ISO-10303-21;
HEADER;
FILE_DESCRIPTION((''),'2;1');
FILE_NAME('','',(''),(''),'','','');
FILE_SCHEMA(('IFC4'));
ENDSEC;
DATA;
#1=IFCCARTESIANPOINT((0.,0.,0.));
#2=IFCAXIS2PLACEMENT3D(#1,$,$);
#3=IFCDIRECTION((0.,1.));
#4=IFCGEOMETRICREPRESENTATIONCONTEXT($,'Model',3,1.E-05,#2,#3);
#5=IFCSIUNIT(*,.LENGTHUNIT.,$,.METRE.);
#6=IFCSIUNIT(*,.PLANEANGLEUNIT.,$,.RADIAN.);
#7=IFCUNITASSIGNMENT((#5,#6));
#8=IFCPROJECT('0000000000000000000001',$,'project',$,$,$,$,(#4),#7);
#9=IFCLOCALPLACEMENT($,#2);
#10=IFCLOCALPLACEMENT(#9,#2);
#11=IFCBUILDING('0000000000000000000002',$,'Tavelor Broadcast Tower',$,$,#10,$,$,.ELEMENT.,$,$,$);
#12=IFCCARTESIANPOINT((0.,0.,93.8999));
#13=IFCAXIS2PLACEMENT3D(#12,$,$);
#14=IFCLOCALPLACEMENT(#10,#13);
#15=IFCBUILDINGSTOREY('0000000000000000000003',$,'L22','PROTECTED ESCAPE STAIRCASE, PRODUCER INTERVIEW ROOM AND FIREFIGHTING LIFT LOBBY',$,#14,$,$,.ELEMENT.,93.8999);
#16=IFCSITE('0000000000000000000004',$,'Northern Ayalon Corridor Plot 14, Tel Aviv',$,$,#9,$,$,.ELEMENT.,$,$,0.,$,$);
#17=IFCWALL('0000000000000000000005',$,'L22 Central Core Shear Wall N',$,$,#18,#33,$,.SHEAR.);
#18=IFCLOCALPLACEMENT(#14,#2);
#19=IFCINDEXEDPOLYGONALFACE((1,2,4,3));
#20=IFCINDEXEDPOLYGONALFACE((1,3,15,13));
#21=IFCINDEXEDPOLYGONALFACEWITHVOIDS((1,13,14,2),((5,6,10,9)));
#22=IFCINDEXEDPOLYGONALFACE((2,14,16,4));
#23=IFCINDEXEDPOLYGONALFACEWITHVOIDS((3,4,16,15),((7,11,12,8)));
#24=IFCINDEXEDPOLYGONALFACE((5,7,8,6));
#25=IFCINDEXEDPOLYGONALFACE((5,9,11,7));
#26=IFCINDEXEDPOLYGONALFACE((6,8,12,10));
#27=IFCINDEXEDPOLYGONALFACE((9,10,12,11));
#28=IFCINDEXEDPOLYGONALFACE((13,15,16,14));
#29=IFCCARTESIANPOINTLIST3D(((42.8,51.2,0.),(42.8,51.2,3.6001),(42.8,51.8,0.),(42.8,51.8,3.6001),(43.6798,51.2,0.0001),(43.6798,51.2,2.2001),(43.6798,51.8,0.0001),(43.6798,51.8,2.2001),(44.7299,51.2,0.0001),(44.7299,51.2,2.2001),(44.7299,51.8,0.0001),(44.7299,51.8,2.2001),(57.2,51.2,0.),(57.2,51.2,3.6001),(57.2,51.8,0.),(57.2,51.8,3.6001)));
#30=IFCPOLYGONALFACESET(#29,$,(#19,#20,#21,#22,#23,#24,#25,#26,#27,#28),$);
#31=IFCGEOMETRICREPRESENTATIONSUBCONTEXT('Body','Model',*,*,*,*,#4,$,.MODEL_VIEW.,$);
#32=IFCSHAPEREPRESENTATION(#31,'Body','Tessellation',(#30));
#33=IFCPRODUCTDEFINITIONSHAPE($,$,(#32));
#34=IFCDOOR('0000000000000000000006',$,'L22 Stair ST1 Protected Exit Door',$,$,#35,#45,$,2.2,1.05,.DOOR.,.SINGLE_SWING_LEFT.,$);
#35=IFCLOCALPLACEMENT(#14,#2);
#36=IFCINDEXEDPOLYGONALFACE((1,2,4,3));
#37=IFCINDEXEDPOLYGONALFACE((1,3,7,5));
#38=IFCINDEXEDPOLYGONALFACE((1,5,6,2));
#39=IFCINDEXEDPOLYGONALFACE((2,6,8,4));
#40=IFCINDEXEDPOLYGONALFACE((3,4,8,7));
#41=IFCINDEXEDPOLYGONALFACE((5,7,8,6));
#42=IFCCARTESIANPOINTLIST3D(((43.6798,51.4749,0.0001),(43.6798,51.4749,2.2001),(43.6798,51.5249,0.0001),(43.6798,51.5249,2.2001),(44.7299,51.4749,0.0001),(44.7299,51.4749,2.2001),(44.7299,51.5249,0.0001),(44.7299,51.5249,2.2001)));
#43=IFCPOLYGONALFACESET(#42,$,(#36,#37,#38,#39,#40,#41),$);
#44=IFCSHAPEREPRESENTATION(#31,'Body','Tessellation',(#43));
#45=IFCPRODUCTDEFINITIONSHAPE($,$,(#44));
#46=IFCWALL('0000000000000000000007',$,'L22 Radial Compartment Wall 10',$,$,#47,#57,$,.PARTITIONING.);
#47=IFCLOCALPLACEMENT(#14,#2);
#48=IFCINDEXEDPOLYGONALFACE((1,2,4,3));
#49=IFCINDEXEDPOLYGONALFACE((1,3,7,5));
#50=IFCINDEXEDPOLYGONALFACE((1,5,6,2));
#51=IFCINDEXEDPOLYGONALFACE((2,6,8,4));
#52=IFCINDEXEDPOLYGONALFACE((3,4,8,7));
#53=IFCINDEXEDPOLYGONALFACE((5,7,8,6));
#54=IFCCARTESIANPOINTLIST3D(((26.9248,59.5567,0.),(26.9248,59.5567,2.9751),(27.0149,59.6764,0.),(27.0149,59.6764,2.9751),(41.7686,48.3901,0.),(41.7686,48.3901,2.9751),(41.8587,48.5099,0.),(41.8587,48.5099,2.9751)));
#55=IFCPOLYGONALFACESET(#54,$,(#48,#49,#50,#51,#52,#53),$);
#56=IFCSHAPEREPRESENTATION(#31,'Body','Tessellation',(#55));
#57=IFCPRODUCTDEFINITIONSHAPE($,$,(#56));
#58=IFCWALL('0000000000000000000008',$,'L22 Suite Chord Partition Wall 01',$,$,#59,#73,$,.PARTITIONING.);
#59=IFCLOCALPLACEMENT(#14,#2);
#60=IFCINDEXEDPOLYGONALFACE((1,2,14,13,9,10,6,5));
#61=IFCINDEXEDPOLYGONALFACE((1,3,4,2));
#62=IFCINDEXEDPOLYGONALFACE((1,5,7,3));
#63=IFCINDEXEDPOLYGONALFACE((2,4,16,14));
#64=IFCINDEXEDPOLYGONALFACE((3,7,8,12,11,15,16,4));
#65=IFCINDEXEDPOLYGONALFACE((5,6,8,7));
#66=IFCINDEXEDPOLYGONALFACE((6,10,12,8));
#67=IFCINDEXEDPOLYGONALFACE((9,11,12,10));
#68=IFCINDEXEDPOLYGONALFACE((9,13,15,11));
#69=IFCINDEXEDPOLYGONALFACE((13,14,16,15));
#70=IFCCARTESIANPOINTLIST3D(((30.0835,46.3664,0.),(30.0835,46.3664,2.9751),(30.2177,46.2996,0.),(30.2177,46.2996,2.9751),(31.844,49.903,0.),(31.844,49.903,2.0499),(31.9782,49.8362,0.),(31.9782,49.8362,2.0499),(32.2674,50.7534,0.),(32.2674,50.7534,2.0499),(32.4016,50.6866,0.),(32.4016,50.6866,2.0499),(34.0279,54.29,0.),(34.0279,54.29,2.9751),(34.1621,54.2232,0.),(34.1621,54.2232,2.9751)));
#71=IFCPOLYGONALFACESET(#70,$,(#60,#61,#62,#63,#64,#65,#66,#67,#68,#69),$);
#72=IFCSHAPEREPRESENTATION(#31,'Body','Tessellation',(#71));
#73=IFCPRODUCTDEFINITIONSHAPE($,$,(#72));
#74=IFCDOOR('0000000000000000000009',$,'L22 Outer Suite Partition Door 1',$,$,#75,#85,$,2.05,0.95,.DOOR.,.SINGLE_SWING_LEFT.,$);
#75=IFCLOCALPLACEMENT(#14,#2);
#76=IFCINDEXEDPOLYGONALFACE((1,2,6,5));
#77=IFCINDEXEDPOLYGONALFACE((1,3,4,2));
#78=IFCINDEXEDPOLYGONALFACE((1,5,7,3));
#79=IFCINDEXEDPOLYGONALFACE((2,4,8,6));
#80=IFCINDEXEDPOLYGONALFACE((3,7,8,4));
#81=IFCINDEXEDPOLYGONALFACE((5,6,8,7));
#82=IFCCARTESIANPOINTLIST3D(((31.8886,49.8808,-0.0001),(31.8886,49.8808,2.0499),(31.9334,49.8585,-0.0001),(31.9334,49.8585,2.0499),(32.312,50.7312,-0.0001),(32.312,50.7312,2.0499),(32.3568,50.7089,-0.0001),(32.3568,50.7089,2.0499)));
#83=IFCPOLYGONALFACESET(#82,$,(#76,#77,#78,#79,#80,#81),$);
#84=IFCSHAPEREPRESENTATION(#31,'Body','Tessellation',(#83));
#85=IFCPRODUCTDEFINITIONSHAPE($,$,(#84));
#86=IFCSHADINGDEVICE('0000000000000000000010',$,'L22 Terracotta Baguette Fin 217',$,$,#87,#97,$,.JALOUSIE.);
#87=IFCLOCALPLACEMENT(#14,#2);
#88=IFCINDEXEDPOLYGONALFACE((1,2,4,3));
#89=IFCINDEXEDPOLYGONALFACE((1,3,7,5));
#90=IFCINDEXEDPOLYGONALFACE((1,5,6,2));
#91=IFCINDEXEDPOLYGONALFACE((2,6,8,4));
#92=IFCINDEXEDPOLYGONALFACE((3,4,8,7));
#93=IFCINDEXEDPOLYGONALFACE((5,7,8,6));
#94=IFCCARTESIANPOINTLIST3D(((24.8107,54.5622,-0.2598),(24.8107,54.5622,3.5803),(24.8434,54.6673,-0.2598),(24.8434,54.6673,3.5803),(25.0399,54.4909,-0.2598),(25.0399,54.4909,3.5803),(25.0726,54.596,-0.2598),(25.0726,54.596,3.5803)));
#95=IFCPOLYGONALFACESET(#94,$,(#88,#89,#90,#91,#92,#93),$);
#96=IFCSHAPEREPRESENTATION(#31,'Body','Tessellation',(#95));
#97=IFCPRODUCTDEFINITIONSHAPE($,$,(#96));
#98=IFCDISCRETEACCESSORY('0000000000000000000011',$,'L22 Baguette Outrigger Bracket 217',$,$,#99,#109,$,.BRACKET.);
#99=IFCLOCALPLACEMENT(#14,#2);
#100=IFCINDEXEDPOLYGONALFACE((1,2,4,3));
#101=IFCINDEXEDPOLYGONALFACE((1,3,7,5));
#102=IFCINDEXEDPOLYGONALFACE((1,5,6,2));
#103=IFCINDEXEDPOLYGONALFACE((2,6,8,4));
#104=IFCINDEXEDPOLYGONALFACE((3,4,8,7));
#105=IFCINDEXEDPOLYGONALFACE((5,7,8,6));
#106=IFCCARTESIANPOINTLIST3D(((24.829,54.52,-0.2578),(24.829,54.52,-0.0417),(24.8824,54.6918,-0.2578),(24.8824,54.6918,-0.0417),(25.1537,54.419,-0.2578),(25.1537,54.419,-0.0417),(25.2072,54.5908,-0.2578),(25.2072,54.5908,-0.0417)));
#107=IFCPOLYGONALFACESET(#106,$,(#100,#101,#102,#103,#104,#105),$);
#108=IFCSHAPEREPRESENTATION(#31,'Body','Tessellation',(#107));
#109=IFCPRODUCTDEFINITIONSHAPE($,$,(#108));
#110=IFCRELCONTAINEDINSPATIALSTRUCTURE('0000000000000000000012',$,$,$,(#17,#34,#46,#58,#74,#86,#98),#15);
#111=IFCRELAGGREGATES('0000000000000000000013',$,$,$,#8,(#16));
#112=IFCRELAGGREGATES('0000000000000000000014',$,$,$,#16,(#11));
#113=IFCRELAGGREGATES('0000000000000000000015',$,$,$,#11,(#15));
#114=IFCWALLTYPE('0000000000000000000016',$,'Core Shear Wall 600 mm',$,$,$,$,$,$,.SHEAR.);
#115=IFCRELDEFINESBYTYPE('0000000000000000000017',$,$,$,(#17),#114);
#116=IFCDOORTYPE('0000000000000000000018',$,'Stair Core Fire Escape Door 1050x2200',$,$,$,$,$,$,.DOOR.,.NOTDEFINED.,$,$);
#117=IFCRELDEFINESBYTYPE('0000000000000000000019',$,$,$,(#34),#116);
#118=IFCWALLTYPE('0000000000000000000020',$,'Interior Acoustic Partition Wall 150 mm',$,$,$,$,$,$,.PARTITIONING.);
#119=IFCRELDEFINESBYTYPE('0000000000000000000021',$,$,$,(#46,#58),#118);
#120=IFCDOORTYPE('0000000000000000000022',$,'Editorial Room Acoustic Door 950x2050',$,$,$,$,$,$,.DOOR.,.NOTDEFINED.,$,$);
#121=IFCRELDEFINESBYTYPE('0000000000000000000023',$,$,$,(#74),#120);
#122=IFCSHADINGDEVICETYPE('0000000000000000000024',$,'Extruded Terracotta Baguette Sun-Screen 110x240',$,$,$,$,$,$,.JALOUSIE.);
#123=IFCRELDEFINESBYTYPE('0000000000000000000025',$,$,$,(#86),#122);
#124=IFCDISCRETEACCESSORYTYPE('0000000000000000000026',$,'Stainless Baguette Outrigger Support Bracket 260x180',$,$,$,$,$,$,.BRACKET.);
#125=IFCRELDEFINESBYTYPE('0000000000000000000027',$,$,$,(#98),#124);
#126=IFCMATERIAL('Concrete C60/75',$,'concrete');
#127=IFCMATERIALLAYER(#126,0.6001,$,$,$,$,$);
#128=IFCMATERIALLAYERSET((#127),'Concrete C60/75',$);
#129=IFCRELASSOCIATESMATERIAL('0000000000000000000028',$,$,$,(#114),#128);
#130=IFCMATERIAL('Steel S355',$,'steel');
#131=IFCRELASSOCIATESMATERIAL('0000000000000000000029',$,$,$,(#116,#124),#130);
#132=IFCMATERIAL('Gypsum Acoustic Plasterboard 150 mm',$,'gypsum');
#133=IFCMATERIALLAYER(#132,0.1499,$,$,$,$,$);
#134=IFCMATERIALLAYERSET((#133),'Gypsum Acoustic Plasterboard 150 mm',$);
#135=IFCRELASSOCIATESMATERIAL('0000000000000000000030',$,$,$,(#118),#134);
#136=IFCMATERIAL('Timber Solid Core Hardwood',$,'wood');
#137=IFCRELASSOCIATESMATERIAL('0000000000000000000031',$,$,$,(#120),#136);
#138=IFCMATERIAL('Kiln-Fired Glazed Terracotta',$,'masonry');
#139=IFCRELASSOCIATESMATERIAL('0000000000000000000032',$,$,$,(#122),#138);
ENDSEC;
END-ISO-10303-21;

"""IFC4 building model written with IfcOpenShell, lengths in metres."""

from ifc_helpers import new_model, si_unit, direction, frame, frame_2d, origin, origin_2d, place, context, subcontext, project, spatial, rectangle, extrude, source, transform, mapped, material, layer, layer_set, type_object, type_shapes, element, fill, save


model = new_model("IFC4")

# Units and contexts
model_context = context("Model", 3, precision=1e-05, world=origin(), true_north=direction((0.0, 1.0)))
body_context = subcontext(model_context, "Body", "Model", "MODEL_VIEW")
ifc_project = project(units=[si_unit("LENGTHUNIT", "METRE"), si_unit("PLANEANGLEUNIT", "RADIAN")], contexts=[model_context])

# Site, building, storey
site_placement = place(None, origin())
site = spatial("IfcSite", under=ifc_project, at=site_placement, Name="Northern Ayalon Corridor Plot 14, Tel Aviv", CompositionType="ELEMENT", RefElevation=0.0)
building_placement = place(site_placement, origin())
building = spatial("IfcBuilding", under=site, at=building_placement, Name="Tavelor Broadcast Tower", CompositionType="ELEMENT")
storey_placement = place(building_placement, frame((0.0, 0.0, 93.8999)))
storey = spatial("IfcBuildingStorey", under=building, at=storey_placement, Name="L22", Description="PROTECTED ESCAPE STAIRCASE, PRODUCER INTERVIEW ROOM AND FIREFIGHTING LIFT LOBBY", CompositionType="ELEMENT", Elevation=93.8999)

# Shared definitions
ifc_material_1 = material(Name="Steel S355", Category="steel")

# Wall, opening, door
ifc_material_2 = material(Name="Concrete C60/75", Category="concrete")
ifc_layer_1 = layer(ifc_material_2, 0.6001)
ifc_layer_set_1 = layer_set([ifc_layer_1], Name="Concrete C60/75")
wall_type_1 = type_object("IfcWallType", Name="Core Shear Wall 600 mm", PredefinedType="SHEAR", material=ifc_layer_set_1)
wall_1_placement = place(storey_placement, frame((42.8, 51.5, 0.0), z_axis=(0.0, 0.0, 1.0), x_axis=(1.0, 0.0, 0.0)))
wall_1 = element("IfcWall", 1, at=wall_1_placement, inside=storey, type_object=wall_type_1, Name="L22 Central Core Shear Wall N", PredefinedType="SHEAR", context=body_context, shape_type="SweptSolid", body=[
    extrude(rectangle(XDim=14.3999, YDim=0.6001, at=frame_2d((7.2, 0.0))), origin(), (0.0, 0.0, 1.0), 3.6001),
])
opening_1_placement = place(wall_1_placement, frame((0.8799, 0.0, 0.0)))
opening_1 = element("IfcOpeningElement", 2, at=opening_1_placement, cuts=wall_1, PredefinedType="OPENING", context=body_context, shape_type="SweptSolid", body=[
    extrude(rectangle(XDim=1.05, YDim=2.2, at=frame_2d((0.5249, 1.1001))), frame((0.0, 0.3101, 0.0), z_axis=(0.0, -1.0, 0.0), x_axis=(1.0, 0.0, 0.0)), (0.0, 0.0, 1.0), 0.6201),
])
door_type_1 = type_object("IfcDoorType", Name="Stair Core Fire Escape Door 1050x2200", OperationType="NOTDEFINED", PredefinedType="DOOR", material=ifc_material_1)
door_1_placement = place(opening_1_placement, origin())
door_1 = element("IfcDoor", 3, at=door_1_placement, inside=storey, type_object=door_type_1, Name="L22 Stair ST1 Protected Exit Door", OperationType="SINGLE_SWING_LEFT", OverallHeight=2.2, OverallWidth=1.05, PredefinedType="DOOR", context=body_context, shape_type="SweptSolid", body=[
    extrude(rectangle(XDim=1.05, YDim=2.2, at=frame_2d((0.5249, 1.1001))), frame((0.0, 0.0249, 0.0), z_axis=(0.0, -1.0, 0.0), x_axis=(1.0, 0.0, 0.0)), (0.0, 0.0, 1.0), 0.05),
])
fill(opening_1, door_1)

# Wall
ifc_material_3 = material(Name="Gypsum Acoustic Plasterboard 150 mm", Category="gypsum")
ifc_layer_2 = layer(ifc_material_3, 0.1499)
ifc_layer_set_2 = layer_set([ifc_layer_2], Name="Gypsum Acoustic Plasterboard 150 mm")
wall_type_2 = type_object("IfcWallType", Name="Interior Acoustic Partition Wall 150 mm", PredefinedType="PARTITIONING", material=ifc_layer_set_2)
wall_2_placement = place(storey_placement, frame((41.8137, 48.45, 0.0), z_axis=(0.0, 0.0, 1.0), x_axis=(-0.799129, 0.60116, 0.0)))
element("IfcWall", 4, at=wall_2_placement, inside=storey, type_object=wall_type_2, Name="L22 Radial Compartment Wall 10", PredefinedType="PARTITIONING", context=body_context, shape_type="SweptSolid", body=[
    extrude(rectangle(XDim=18.575, YDim=0.1499, at=frame_2d((9.2876, 0.0))), origin(), (0.0, 0.0, 1.0), 2.9751),
])

# Wall, opening, door
wall_3_placement = place(storey_placement, frame((34.095, 54.2566, 0.0), z_axis=(0.0, 0.0, 1.0), x_axis=(-0.445635, -0.895215, 0.0)))
wall_3 = element("IfcWall", 5, at=wall_3_placement, inside=storey, type_object=wall_type_2, Name="L22 Suite Chord Partition Wall 01", PredefinedType="PARTITIONING", context=body_context, shape_type="SweptSolid", body=[
    extrude(rectangle(XDim=8.8511, YDim=0.1499, at=frame_2d((4.4255, 0.0))), origin(), (0.0, 0.0, 1.0), 2.9751),
])
opening_2_placement = place(wall_3_placement, frame((3.9504, 0.0, 0.0)))
opening_2 = element("IfcOpeningElement", 6, at=opening_2_placement, cuts=wall_3, PredefinedType="OPENING", context=body_context, shape_type="SweptSolid", body=[
    extrude(rectangle(XDim=0.95, YDim=2.05, at=frame_2d((0.4751, 1.0249))), frame((0.0, 0.085, 0.0), z_axis=(0.0, -1.0, 0.0), x_axis=(1.0, 0.0, 0.0)), (0.0, 0.0, 1.0), 0.1699),
])
ifc_material_4 = material(Name="Timber Solid Core Hardwood", Category="wood")
door_type_2 = type_object("IfcDoorType", Name="Editorial Room Acoustic Door 950x2050", OperationType="NOTDEFINED", PredefinedType="DOOR", material=ifc_material_4)
door_2_placement = place(opening_2_placement, origin())
door_2 = element("IfcDoor", 7, at=door_2_placement, inside=storey, type_object=door_type_2, Name="L22 Outer Suite Partition Door 1", OperationType="SINGLE_SWING_LEFT", OverallHeight=2.05, OverallWidth=0.95, PredefinedType="DOOR", context=body_context, shape_type="SweptSolid", body=[
    extrude(rectangle(XDim=0.95, YDim=2.05, at=frame_2d((0.4751, 1.0249))), frame((0.0, 0.0249, 0.0), z_axis=(0.0, -1.0, 0.0), x_axis=(1.0, 0.0, 0.0)), (0.0, 0.0, 1.0), 0.05),
])
fill(opening_2, door_2)

# Shading device
ifc_material_5 = material(Name="Kiln-Fired Glazed Terracotta", Category="masonry")
shading_device_type = type_object("IfcShadingDeviceType", Name="Extruded Terracotta Baguette Sun-Screen 110x240", PredefinedType="JALOUSIE", material=ifc_material_5)
shared_shape_1 = source(origin(), body_context, "Body", "SweptSolid", [
    extrude(rectangle(XDim=0.1101, YDim=0.24, at=origin_2d()), origin(), (0.0, 0.0, 1.0), 3.8401),
])
type_shapes(shading_device_type, [shared_shape_1])
shading_device_placement = place(storey_placement, frame((24.9417, 54.5791, -0.2598), z_axis=(0.0, 0.0, 1.0), x_axis=(-0.296875, -0.954916, 0.0)))
element("IfcShadingDevice", 8, at=shading_device_placement, inside=storey, type_object=shading_device_type, Name="L22 Terracotta Baguette Fin 217", PredefinedType="JALOUSIE", context=body_context, shape_type="MappedRepresentation", body=[
    mapped(shared_shape_1, transform((0.0, 0.0, 0.0), scale=1.0)),
])

# Discrete accessory
discrete_accessory_type = type_object("IfcDiscreteAccessoryType", Name="Stainless Baguette Outrigger Support Bracket 260x180", PredefinedType="BRACKET", material=ifc_material_1)
shared_shape_2 = source(origin(), body_context, "Body", "SweptSolid", [
    extrude(rectangle(XDim=0.1799, YDim=0.3401, at=origin_2d()), origin(), (0.0, 0.0, 1.0), 0.2161),
])
type_shapes(discrete_accessory_type, [shared_shape_2])
discrete_accessory_placement = place(storey_placement, frame((25.0181, 54.5554, -0.2578), z_axis=(0.0, 0.0, 1.0), x_axis=(-0.296875, -0.954916, 0.0)))
element("IfcDiscreteAccessory", 9, at=discrete_accessory_placement, inside=storey, type_object=discrete_accessory_type, Name="L22 Baguette Outrigger Bracket 217", PredefinedType="BRACKET", context=body_context, shape_type="MappedRepresentation", body=[
    mapped(shared_shape_2, transform((0.0, 0.0, 0.0), scale=1.0)),
])

save(model, "model.ifc")
